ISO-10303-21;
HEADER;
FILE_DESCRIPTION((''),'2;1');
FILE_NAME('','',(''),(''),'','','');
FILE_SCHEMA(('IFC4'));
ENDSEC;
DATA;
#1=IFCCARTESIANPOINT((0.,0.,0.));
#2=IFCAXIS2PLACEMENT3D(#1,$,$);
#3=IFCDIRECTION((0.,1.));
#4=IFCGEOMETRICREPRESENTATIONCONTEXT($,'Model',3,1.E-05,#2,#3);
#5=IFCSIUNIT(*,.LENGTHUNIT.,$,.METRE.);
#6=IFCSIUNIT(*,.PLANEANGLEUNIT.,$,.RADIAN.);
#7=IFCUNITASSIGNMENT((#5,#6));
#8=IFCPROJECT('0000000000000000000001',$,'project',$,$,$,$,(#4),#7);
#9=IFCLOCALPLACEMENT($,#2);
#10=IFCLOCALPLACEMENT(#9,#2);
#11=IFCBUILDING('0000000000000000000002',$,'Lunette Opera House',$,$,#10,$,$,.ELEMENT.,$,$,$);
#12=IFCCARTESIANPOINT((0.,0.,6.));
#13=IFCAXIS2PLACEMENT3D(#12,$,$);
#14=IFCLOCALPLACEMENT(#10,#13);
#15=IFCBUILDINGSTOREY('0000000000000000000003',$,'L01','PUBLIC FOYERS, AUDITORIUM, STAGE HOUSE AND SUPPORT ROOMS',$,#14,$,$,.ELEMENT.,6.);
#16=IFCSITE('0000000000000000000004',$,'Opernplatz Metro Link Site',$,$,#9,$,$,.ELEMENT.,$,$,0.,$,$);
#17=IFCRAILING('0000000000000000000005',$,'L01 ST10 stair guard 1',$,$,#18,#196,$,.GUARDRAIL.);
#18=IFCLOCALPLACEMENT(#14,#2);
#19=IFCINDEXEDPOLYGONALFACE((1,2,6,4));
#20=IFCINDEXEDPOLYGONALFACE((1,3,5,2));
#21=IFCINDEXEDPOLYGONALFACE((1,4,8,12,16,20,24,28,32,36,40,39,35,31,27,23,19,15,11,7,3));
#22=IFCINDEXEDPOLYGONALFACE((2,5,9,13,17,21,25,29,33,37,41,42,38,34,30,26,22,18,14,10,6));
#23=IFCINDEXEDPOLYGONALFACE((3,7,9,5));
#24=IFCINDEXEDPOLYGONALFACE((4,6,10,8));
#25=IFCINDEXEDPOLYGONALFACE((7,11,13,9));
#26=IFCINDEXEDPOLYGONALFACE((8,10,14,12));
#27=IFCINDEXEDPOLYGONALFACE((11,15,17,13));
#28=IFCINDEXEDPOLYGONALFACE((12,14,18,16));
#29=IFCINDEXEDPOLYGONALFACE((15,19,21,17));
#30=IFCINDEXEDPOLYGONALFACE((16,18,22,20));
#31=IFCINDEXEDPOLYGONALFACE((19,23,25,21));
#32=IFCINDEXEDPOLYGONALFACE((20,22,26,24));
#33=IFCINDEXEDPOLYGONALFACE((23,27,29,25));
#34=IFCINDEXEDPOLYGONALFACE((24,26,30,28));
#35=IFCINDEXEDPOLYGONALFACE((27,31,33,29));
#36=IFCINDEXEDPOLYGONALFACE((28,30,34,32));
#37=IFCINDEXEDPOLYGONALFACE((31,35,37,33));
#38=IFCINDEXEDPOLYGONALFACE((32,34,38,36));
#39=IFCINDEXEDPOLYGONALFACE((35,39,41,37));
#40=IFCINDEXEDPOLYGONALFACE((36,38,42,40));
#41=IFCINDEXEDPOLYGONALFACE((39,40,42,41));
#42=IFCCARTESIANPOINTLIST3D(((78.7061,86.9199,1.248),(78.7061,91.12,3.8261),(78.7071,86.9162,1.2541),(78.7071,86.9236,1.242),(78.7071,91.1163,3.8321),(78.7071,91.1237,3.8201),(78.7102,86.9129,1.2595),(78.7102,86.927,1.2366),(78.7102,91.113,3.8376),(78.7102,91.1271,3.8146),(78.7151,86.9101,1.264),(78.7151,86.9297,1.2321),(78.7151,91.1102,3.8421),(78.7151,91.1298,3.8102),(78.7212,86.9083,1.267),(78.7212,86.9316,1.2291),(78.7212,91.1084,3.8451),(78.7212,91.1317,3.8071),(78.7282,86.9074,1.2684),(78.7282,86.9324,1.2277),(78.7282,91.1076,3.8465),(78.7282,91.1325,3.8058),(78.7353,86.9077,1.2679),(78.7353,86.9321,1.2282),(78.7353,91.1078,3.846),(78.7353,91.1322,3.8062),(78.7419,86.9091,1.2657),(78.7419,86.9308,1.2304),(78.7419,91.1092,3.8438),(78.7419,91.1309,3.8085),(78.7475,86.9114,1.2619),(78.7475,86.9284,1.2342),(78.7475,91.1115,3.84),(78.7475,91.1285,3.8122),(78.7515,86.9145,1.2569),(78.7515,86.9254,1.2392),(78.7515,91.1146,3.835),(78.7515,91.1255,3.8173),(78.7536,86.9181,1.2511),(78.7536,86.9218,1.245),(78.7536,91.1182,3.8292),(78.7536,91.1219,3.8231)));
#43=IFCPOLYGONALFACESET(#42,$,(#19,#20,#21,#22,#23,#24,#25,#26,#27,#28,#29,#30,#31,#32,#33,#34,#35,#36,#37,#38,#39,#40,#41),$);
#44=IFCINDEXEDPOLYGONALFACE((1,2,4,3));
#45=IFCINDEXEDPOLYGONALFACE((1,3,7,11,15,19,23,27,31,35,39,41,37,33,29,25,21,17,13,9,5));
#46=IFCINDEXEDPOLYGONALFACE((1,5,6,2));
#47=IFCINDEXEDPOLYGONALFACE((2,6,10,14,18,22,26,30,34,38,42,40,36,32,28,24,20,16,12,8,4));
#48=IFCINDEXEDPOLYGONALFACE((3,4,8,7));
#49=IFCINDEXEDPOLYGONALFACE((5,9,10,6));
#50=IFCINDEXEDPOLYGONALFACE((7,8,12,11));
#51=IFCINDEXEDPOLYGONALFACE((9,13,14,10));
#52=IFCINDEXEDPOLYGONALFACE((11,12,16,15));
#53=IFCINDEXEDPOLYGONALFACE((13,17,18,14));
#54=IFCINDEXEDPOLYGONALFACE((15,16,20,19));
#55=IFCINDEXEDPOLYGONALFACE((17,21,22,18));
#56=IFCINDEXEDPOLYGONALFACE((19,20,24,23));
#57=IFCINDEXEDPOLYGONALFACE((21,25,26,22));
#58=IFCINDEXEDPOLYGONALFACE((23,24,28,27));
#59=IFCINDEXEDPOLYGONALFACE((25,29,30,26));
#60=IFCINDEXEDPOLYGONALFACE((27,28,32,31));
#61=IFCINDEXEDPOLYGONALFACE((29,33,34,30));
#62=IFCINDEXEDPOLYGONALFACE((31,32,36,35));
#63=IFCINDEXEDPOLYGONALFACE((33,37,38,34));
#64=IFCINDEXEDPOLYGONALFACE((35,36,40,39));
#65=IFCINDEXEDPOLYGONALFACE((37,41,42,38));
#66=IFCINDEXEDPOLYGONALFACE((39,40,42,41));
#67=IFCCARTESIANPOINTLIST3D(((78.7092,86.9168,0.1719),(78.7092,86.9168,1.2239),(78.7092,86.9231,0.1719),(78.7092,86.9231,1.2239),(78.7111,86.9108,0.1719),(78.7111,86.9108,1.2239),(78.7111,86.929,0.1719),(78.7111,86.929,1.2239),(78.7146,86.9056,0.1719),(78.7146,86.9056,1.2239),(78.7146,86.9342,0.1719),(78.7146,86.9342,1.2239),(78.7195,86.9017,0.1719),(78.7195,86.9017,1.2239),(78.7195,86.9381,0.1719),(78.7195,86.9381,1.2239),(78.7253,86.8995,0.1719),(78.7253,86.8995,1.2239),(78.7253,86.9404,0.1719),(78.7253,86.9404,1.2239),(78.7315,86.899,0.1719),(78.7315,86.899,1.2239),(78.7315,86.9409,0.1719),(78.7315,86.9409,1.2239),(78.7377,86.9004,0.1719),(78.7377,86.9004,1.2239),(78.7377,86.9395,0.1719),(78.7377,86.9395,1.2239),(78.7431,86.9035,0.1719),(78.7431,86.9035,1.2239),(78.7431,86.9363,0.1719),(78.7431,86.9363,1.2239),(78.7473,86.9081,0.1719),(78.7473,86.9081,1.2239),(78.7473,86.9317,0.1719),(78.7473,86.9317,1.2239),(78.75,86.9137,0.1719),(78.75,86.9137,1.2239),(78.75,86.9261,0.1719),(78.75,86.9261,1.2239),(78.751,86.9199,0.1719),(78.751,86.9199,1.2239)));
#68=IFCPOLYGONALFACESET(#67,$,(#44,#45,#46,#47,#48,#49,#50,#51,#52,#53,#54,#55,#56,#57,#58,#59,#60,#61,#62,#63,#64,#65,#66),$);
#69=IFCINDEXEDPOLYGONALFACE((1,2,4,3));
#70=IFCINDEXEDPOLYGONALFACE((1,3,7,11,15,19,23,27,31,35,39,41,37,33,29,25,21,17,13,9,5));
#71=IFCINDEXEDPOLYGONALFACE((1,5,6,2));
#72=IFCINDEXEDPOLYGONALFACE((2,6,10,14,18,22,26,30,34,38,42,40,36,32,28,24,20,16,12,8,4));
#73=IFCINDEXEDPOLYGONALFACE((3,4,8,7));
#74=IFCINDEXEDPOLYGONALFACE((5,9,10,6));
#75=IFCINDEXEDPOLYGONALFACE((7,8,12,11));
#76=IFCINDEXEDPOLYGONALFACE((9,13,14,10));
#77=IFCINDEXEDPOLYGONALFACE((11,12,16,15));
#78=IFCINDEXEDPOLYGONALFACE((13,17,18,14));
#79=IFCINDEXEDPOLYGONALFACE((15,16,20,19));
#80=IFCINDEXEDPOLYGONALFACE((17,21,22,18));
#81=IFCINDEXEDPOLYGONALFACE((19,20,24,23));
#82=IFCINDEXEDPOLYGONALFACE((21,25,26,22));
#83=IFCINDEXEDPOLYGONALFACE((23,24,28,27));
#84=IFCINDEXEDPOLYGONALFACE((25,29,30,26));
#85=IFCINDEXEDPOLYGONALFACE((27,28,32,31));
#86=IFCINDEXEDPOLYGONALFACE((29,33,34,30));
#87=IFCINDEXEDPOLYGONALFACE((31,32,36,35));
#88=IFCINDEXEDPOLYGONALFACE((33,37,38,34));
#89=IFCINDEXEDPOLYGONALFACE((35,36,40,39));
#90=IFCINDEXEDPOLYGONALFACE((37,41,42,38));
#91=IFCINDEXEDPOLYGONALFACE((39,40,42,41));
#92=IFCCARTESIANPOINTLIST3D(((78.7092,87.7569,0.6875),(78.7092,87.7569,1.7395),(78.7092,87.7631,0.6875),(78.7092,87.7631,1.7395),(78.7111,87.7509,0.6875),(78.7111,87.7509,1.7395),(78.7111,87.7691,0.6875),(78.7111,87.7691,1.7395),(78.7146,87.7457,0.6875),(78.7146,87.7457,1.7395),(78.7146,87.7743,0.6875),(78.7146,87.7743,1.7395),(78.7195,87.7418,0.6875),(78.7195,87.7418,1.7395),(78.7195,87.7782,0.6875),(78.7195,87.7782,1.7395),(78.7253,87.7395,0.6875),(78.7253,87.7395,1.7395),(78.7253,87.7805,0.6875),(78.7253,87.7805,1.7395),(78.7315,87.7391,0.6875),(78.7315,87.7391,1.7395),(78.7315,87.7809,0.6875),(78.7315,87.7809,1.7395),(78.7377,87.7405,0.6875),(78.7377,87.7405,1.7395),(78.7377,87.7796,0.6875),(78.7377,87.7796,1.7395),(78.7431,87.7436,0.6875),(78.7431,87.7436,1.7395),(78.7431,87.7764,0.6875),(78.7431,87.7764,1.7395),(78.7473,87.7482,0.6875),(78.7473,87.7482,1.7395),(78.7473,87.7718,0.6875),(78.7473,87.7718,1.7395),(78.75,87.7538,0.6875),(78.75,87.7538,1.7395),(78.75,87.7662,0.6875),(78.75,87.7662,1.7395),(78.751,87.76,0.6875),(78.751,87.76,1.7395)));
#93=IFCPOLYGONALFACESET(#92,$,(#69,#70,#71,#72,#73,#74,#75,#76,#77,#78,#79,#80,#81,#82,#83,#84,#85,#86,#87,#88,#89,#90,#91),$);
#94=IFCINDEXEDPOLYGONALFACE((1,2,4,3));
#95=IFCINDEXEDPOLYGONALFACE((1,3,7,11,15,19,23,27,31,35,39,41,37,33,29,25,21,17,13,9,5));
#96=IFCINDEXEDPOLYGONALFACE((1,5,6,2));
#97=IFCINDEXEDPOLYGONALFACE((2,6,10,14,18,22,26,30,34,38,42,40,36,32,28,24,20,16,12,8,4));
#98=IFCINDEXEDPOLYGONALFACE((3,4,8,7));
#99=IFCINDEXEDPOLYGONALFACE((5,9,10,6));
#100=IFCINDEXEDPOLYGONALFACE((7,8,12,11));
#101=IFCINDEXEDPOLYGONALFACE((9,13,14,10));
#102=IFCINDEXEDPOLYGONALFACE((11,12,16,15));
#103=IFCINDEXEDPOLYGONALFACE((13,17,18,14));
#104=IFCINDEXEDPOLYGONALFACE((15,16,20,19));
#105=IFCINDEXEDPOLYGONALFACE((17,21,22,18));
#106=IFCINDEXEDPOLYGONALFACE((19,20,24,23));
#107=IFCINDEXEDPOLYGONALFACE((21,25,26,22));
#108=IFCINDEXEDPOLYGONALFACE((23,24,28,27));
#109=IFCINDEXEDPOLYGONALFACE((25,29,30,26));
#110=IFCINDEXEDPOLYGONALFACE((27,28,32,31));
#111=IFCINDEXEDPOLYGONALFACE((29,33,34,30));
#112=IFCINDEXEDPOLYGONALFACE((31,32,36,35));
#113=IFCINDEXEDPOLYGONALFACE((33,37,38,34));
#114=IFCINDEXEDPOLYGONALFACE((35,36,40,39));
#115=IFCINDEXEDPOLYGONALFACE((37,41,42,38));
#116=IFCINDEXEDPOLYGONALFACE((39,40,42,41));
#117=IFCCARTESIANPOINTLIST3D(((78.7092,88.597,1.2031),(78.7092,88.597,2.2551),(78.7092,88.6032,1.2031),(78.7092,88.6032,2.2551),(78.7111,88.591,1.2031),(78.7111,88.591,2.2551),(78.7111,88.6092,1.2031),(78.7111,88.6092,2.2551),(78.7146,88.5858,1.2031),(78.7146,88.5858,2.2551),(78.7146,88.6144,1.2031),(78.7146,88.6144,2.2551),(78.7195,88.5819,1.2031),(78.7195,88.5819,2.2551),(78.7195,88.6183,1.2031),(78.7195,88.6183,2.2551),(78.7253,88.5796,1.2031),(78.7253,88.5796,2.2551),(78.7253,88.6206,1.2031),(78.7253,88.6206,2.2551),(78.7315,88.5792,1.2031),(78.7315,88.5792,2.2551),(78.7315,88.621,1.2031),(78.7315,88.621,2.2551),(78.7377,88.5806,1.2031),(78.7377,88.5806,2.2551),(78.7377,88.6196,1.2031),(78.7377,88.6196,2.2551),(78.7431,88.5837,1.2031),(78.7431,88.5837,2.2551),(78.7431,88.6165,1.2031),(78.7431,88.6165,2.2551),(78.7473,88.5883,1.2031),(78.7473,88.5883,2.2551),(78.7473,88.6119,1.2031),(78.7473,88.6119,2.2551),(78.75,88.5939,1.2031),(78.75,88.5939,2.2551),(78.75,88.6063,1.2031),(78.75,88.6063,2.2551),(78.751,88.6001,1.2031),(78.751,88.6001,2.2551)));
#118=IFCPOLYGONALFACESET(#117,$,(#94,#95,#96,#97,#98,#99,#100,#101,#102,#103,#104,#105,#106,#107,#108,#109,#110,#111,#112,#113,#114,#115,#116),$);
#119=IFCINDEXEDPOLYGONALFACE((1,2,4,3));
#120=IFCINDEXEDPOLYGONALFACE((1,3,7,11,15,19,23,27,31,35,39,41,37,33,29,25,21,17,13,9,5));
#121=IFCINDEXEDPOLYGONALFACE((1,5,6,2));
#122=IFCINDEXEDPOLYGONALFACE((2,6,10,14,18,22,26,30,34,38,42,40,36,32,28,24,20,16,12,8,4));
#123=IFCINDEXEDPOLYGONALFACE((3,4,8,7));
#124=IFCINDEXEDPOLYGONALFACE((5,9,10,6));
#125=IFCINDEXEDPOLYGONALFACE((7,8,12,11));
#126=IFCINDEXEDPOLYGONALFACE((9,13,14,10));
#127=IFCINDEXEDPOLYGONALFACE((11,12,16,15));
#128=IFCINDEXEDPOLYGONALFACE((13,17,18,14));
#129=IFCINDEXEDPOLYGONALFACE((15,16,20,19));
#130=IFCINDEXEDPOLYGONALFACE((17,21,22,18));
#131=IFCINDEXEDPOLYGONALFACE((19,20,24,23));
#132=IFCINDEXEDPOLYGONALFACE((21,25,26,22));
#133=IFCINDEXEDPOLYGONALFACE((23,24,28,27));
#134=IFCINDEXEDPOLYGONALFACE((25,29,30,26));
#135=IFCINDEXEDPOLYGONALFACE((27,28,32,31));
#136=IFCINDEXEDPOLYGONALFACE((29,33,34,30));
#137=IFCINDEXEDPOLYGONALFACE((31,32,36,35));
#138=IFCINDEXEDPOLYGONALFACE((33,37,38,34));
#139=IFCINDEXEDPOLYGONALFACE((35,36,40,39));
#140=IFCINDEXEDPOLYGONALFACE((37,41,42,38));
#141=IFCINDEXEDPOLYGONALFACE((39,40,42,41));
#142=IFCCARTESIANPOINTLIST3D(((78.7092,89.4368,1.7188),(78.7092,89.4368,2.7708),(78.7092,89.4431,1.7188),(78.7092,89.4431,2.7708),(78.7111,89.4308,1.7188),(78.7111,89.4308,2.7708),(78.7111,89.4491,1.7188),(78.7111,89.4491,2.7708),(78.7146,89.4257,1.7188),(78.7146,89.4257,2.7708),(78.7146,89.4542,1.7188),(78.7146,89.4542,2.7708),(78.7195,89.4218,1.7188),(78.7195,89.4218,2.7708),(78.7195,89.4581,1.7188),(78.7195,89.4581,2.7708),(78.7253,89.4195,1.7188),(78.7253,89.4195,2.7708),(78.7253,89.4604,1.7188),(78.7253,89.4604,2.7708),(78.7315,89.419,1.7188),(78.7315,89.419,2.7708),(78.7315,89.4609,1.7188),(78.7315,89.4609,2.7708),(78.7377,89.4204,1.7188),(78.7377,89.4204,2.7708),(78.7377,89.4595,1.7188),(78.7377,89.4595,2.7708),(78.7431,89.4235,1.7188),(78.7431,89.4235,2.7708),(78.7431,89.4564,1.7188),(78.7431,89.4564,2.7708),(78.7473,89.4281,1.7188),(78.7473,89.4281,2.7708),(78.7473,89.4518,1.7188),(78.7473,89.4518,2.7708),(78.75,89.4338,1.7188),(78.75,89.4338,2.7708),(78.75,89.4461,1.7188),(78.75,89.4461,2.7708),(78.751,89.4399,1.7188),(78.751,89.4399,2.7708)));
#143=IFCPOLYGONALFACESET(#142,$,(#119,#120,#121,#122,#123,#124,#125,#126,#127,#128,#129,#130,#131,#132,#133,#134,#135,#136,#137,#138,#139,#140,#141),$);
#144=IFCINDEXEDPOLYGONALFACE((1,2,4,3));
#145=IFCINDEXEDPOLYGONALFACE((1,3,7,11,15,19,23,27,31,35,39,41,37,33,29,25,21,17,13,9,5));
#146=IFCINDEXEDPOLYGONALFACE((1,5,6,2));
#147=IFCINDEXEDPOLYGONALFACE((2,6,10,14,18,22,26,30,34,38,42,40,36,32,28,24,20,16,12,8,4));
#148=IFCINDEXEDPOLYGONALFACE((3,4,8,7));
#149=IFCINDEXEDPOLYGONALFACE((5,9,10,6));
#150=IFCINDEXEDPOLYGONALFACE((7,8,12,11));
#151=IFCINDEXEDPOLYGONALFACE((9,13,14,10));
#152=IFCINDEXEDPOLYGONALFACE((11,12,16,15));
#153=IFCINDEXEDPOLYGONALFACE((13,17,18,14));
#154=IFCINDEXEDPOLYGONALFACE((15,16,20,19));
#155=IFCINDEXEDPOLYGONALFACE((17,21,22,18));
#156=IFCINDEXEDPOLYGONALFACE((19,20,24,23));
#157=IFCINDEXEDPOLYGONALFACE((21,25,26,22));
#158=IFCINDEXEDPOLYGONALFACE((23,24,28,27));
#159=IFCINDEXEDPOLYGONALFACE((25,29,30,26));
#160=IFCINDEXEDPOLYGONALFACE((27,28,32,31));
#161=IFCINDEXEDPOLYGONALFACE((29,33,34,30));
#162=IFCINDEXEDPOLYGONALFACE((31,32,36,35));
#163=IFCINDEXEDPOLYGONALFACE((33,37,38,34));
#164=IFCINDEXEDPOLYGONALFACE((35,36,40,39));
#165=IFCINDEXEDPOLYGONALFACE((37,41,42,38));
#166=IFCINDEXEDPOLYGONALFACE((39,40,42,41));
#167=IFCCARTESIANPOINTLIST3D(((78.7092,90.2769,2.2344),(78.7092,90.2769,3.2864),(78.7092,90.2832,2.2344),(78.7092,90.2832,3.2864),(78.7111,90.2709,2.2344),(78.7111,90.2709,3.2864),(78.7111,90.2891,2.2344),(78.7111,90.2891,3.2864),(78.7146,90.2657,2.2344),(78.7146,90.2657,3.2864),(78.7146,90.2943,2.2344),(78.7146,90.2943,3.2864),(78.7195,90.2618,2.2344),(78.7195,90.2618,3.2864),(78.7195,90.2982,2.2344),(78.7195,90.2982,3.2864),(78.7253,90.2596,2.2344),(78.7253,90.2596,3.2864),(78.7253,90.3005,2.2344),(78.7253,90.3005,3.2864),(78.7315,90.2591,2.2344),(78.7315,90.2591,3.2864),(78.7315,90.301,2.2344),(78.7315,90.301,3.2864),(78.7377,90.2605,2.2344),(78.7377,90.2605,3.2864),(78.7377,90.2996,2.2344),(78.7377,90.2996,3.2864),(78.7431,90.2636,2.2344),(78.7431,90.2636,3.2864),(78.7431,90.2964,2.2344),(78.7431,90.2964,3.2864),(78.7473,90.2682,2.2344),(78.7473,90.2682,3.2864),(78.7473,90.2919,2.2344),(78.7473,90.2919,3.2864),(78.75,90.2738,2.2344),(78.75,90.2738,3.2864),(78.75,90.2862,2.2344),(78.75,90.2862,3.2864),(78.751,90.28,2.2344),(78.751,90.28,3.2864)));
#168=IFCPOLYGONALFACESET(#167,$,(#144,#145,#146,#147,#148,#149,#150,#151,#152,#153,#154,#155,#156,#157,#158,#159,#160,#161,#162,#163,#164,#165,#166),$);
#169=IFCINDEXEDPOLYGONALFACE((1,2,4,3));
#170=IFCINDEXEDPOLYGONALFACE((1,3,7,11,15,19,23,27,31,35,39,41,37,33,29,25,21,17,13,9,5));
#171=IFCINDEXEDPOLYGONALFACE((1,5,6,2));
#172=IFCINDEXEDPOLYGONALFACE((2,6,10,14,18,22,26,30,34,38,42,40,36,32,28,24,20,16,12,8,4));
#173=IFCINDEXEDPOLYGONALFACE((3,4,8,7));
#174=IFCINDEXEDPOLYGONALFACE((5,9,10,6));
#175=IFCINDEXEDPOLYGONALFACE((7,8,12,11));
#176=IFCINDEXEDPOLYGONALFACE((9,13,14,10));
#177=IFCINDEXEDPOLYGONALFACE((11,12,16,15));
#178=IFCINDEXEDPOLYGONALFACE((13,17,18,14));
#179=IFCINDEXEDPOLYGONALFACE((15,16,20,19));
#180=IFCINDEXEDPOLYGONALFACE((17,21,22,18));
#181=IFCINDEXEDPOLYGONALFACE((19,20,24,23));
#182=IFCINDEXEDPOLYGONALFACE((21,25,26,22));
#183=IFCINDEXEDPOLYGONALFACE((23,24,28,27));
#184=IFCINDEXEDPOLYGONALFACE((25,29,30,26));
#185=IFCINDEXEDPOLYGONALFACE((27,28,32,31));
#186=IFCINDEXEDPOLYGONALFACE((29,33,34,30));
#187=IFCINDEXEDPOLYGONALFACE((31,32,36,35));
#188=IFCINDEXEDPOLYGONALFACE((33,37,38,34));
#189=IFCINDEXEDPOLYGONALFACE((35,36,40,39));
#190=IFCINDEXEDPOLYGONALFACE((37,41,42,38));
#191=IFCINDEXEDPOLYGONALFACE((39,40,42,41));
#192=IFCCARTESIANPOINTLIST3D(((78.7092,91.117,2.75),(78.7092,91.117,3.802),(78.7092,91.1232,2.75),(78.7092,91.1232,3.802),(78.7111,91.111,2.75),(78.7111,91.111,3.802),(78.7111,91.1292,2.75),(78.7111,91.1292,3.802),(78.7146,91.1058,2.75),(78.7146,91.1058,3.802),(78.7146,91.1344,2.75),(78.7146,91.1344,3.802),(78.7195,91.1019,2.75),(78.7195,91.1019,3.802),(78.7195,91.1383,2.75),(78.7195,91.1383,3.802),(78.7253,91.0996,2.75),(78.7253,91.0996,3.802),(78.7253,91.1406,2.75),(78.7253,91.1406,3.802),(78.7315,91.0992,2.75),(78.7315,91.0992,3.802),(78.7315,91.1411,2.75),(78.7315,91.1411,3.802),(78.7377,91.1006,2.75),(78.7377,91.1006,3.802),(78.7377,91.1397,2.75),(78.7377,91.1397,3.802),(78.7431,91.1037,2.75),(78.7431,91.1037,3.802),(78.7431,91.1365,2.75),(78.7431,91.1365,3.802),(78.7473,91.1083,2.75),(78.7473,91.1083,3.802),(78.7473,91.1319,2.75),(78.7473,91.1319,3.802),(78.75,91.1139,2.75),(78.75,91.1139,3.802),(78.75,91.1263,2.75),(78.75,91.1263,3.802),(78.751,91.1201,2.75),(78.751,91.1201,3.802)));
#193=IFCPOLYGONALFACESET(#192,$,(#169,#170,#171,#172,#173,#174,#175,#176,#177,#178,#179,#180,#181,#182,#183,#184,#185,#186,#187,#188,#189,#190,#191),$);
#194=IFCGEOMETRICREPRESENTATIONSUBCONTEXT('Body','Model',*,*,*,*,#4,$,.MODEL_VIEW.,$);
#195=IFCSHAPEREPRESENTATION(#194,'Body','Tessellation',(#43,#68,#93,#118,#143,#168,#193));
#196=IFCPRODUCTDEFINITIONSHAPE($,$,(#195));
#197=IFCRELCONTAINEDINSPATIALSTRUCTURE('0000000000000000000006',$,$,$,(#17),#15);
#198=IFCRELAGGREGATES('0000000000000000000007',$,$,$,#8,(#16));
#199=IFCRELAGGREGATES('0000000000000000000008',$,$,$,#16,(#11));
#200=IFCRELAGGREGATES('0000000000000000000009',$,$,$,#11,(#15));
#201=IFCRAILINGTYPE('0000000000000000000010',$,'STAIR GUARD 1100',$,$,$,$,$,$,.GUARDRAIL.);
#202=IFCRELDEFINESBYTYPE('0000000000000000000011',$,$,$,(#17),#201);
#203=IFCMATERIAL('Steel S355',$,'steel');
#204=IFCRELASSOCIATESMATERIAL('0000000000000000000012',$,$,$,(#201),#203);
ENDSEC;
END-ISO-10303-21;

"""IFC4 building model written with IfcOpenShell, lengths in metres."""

from ifc_helpers import new_model, si_unit, direction, frame, origin, origin_2d, place, context, subcontext, project, spatial, circle, extrude, material, type_object, element, save


model = new_model("IFC4")

# Units and contexts
model_context = context("Model", 3, precision=1e-05, world=origin(), true_north=direction((0.0, 1.0)))
body_context = subcontext(model_context, "Body", "Model", "MODEL_VIEW")
ifc_project = project(units=[si_unit("LENGTHUNIT", "METRE"), si_unit("PLANEANGLEUNIT", "RADIAN")], contexts=[model_context])

# Site, building, storey
site_placement = place(None, origin())
site = spatial("IfcSite", under=ifc_project, at=site_placement, Name="Opernplatz Metro Link Site", CompositionType="ELEMENT", RefElevation=0.0)
building_placement = place(site_placement, origin())
building = spatial("IfcBuilding", under=site, at=building_placement, Name="Lunette Opera House", CompositionType="ELEMENT")
storey_placement = place(building_placement, frame((0.0, 0.0, 6.0)))
storey = spatial("IfcBuildingStorey", under=building, at=storey_placement, Name="L01", Description="PUBLIC FOYERS, AUDITORIUM, STAGE HOUSE AND SUPPORT ROOMS", CompositionType="ELEMENT", Elevation=6.0)

# Railing
ifc_material_1 = material(Name="Steel S355", Category="steel")
railing_type_1 = type_object("IfcRailingType", Name="STAIR GUARD 1100", PredefinedType="GUARDRAIL", material=ifc_material_1)
railing_1_placement = place(storey_placement, frame((78.73, 86.9199, 0.1719)))
element("IfcRailing", 1, at=railing_1_placement, inside=storey, type_object=railing_type_1, Name="L01 ST10 stair guard 1", PredefinedType="GUARDRAIL", context=body_context, shape_type="SweptSolid", body=[
    extrude(circle(Radius=0.0239, at=origin_2d()), frame((0.0, 0.0, 1.0762), z_axis=(0.0, 0.852256, 0.523124), x_axis=(-1.0, 0.0, 0.0)), (0.0, 0.0, 1.0), 4.9282),
    extrude(circle(Radius=0.021, at=origin_2d()), origin(), (0.0, 0.0, 1.0), 1.052),
    extrude(circle(Radius=0.021, at=origin_2d()), frame((0.0, 0.8401, 0.5156)), (0.0, 0.0, 1.0), 1.052),
    extrude(circle(Radius=0.021, at=origin_2d()), frame((0.0, 1.6802, 1.0312)), (0.0, 0.0, 1.0), 1.052),
    extrude(circle(Radius=0.021, at=origin_2d()), frame((0.0, 2.52, 1.5469)), (0.0, 0.0, 1.0), 1.052),
    extrude(circle(Radius=0.021, at=origin_2d()), frame((0.0, 3.3601, 2.0625)), (0.0, 0.0, 1.0), 1.052),
    extrude(circle(Radius=0.021, at=origin_2d()), frame((0.0, 4.2002, 2.5781)), (0.0, 0.0, 1.0), 1.052),
])

save(model, "model.ifc")
